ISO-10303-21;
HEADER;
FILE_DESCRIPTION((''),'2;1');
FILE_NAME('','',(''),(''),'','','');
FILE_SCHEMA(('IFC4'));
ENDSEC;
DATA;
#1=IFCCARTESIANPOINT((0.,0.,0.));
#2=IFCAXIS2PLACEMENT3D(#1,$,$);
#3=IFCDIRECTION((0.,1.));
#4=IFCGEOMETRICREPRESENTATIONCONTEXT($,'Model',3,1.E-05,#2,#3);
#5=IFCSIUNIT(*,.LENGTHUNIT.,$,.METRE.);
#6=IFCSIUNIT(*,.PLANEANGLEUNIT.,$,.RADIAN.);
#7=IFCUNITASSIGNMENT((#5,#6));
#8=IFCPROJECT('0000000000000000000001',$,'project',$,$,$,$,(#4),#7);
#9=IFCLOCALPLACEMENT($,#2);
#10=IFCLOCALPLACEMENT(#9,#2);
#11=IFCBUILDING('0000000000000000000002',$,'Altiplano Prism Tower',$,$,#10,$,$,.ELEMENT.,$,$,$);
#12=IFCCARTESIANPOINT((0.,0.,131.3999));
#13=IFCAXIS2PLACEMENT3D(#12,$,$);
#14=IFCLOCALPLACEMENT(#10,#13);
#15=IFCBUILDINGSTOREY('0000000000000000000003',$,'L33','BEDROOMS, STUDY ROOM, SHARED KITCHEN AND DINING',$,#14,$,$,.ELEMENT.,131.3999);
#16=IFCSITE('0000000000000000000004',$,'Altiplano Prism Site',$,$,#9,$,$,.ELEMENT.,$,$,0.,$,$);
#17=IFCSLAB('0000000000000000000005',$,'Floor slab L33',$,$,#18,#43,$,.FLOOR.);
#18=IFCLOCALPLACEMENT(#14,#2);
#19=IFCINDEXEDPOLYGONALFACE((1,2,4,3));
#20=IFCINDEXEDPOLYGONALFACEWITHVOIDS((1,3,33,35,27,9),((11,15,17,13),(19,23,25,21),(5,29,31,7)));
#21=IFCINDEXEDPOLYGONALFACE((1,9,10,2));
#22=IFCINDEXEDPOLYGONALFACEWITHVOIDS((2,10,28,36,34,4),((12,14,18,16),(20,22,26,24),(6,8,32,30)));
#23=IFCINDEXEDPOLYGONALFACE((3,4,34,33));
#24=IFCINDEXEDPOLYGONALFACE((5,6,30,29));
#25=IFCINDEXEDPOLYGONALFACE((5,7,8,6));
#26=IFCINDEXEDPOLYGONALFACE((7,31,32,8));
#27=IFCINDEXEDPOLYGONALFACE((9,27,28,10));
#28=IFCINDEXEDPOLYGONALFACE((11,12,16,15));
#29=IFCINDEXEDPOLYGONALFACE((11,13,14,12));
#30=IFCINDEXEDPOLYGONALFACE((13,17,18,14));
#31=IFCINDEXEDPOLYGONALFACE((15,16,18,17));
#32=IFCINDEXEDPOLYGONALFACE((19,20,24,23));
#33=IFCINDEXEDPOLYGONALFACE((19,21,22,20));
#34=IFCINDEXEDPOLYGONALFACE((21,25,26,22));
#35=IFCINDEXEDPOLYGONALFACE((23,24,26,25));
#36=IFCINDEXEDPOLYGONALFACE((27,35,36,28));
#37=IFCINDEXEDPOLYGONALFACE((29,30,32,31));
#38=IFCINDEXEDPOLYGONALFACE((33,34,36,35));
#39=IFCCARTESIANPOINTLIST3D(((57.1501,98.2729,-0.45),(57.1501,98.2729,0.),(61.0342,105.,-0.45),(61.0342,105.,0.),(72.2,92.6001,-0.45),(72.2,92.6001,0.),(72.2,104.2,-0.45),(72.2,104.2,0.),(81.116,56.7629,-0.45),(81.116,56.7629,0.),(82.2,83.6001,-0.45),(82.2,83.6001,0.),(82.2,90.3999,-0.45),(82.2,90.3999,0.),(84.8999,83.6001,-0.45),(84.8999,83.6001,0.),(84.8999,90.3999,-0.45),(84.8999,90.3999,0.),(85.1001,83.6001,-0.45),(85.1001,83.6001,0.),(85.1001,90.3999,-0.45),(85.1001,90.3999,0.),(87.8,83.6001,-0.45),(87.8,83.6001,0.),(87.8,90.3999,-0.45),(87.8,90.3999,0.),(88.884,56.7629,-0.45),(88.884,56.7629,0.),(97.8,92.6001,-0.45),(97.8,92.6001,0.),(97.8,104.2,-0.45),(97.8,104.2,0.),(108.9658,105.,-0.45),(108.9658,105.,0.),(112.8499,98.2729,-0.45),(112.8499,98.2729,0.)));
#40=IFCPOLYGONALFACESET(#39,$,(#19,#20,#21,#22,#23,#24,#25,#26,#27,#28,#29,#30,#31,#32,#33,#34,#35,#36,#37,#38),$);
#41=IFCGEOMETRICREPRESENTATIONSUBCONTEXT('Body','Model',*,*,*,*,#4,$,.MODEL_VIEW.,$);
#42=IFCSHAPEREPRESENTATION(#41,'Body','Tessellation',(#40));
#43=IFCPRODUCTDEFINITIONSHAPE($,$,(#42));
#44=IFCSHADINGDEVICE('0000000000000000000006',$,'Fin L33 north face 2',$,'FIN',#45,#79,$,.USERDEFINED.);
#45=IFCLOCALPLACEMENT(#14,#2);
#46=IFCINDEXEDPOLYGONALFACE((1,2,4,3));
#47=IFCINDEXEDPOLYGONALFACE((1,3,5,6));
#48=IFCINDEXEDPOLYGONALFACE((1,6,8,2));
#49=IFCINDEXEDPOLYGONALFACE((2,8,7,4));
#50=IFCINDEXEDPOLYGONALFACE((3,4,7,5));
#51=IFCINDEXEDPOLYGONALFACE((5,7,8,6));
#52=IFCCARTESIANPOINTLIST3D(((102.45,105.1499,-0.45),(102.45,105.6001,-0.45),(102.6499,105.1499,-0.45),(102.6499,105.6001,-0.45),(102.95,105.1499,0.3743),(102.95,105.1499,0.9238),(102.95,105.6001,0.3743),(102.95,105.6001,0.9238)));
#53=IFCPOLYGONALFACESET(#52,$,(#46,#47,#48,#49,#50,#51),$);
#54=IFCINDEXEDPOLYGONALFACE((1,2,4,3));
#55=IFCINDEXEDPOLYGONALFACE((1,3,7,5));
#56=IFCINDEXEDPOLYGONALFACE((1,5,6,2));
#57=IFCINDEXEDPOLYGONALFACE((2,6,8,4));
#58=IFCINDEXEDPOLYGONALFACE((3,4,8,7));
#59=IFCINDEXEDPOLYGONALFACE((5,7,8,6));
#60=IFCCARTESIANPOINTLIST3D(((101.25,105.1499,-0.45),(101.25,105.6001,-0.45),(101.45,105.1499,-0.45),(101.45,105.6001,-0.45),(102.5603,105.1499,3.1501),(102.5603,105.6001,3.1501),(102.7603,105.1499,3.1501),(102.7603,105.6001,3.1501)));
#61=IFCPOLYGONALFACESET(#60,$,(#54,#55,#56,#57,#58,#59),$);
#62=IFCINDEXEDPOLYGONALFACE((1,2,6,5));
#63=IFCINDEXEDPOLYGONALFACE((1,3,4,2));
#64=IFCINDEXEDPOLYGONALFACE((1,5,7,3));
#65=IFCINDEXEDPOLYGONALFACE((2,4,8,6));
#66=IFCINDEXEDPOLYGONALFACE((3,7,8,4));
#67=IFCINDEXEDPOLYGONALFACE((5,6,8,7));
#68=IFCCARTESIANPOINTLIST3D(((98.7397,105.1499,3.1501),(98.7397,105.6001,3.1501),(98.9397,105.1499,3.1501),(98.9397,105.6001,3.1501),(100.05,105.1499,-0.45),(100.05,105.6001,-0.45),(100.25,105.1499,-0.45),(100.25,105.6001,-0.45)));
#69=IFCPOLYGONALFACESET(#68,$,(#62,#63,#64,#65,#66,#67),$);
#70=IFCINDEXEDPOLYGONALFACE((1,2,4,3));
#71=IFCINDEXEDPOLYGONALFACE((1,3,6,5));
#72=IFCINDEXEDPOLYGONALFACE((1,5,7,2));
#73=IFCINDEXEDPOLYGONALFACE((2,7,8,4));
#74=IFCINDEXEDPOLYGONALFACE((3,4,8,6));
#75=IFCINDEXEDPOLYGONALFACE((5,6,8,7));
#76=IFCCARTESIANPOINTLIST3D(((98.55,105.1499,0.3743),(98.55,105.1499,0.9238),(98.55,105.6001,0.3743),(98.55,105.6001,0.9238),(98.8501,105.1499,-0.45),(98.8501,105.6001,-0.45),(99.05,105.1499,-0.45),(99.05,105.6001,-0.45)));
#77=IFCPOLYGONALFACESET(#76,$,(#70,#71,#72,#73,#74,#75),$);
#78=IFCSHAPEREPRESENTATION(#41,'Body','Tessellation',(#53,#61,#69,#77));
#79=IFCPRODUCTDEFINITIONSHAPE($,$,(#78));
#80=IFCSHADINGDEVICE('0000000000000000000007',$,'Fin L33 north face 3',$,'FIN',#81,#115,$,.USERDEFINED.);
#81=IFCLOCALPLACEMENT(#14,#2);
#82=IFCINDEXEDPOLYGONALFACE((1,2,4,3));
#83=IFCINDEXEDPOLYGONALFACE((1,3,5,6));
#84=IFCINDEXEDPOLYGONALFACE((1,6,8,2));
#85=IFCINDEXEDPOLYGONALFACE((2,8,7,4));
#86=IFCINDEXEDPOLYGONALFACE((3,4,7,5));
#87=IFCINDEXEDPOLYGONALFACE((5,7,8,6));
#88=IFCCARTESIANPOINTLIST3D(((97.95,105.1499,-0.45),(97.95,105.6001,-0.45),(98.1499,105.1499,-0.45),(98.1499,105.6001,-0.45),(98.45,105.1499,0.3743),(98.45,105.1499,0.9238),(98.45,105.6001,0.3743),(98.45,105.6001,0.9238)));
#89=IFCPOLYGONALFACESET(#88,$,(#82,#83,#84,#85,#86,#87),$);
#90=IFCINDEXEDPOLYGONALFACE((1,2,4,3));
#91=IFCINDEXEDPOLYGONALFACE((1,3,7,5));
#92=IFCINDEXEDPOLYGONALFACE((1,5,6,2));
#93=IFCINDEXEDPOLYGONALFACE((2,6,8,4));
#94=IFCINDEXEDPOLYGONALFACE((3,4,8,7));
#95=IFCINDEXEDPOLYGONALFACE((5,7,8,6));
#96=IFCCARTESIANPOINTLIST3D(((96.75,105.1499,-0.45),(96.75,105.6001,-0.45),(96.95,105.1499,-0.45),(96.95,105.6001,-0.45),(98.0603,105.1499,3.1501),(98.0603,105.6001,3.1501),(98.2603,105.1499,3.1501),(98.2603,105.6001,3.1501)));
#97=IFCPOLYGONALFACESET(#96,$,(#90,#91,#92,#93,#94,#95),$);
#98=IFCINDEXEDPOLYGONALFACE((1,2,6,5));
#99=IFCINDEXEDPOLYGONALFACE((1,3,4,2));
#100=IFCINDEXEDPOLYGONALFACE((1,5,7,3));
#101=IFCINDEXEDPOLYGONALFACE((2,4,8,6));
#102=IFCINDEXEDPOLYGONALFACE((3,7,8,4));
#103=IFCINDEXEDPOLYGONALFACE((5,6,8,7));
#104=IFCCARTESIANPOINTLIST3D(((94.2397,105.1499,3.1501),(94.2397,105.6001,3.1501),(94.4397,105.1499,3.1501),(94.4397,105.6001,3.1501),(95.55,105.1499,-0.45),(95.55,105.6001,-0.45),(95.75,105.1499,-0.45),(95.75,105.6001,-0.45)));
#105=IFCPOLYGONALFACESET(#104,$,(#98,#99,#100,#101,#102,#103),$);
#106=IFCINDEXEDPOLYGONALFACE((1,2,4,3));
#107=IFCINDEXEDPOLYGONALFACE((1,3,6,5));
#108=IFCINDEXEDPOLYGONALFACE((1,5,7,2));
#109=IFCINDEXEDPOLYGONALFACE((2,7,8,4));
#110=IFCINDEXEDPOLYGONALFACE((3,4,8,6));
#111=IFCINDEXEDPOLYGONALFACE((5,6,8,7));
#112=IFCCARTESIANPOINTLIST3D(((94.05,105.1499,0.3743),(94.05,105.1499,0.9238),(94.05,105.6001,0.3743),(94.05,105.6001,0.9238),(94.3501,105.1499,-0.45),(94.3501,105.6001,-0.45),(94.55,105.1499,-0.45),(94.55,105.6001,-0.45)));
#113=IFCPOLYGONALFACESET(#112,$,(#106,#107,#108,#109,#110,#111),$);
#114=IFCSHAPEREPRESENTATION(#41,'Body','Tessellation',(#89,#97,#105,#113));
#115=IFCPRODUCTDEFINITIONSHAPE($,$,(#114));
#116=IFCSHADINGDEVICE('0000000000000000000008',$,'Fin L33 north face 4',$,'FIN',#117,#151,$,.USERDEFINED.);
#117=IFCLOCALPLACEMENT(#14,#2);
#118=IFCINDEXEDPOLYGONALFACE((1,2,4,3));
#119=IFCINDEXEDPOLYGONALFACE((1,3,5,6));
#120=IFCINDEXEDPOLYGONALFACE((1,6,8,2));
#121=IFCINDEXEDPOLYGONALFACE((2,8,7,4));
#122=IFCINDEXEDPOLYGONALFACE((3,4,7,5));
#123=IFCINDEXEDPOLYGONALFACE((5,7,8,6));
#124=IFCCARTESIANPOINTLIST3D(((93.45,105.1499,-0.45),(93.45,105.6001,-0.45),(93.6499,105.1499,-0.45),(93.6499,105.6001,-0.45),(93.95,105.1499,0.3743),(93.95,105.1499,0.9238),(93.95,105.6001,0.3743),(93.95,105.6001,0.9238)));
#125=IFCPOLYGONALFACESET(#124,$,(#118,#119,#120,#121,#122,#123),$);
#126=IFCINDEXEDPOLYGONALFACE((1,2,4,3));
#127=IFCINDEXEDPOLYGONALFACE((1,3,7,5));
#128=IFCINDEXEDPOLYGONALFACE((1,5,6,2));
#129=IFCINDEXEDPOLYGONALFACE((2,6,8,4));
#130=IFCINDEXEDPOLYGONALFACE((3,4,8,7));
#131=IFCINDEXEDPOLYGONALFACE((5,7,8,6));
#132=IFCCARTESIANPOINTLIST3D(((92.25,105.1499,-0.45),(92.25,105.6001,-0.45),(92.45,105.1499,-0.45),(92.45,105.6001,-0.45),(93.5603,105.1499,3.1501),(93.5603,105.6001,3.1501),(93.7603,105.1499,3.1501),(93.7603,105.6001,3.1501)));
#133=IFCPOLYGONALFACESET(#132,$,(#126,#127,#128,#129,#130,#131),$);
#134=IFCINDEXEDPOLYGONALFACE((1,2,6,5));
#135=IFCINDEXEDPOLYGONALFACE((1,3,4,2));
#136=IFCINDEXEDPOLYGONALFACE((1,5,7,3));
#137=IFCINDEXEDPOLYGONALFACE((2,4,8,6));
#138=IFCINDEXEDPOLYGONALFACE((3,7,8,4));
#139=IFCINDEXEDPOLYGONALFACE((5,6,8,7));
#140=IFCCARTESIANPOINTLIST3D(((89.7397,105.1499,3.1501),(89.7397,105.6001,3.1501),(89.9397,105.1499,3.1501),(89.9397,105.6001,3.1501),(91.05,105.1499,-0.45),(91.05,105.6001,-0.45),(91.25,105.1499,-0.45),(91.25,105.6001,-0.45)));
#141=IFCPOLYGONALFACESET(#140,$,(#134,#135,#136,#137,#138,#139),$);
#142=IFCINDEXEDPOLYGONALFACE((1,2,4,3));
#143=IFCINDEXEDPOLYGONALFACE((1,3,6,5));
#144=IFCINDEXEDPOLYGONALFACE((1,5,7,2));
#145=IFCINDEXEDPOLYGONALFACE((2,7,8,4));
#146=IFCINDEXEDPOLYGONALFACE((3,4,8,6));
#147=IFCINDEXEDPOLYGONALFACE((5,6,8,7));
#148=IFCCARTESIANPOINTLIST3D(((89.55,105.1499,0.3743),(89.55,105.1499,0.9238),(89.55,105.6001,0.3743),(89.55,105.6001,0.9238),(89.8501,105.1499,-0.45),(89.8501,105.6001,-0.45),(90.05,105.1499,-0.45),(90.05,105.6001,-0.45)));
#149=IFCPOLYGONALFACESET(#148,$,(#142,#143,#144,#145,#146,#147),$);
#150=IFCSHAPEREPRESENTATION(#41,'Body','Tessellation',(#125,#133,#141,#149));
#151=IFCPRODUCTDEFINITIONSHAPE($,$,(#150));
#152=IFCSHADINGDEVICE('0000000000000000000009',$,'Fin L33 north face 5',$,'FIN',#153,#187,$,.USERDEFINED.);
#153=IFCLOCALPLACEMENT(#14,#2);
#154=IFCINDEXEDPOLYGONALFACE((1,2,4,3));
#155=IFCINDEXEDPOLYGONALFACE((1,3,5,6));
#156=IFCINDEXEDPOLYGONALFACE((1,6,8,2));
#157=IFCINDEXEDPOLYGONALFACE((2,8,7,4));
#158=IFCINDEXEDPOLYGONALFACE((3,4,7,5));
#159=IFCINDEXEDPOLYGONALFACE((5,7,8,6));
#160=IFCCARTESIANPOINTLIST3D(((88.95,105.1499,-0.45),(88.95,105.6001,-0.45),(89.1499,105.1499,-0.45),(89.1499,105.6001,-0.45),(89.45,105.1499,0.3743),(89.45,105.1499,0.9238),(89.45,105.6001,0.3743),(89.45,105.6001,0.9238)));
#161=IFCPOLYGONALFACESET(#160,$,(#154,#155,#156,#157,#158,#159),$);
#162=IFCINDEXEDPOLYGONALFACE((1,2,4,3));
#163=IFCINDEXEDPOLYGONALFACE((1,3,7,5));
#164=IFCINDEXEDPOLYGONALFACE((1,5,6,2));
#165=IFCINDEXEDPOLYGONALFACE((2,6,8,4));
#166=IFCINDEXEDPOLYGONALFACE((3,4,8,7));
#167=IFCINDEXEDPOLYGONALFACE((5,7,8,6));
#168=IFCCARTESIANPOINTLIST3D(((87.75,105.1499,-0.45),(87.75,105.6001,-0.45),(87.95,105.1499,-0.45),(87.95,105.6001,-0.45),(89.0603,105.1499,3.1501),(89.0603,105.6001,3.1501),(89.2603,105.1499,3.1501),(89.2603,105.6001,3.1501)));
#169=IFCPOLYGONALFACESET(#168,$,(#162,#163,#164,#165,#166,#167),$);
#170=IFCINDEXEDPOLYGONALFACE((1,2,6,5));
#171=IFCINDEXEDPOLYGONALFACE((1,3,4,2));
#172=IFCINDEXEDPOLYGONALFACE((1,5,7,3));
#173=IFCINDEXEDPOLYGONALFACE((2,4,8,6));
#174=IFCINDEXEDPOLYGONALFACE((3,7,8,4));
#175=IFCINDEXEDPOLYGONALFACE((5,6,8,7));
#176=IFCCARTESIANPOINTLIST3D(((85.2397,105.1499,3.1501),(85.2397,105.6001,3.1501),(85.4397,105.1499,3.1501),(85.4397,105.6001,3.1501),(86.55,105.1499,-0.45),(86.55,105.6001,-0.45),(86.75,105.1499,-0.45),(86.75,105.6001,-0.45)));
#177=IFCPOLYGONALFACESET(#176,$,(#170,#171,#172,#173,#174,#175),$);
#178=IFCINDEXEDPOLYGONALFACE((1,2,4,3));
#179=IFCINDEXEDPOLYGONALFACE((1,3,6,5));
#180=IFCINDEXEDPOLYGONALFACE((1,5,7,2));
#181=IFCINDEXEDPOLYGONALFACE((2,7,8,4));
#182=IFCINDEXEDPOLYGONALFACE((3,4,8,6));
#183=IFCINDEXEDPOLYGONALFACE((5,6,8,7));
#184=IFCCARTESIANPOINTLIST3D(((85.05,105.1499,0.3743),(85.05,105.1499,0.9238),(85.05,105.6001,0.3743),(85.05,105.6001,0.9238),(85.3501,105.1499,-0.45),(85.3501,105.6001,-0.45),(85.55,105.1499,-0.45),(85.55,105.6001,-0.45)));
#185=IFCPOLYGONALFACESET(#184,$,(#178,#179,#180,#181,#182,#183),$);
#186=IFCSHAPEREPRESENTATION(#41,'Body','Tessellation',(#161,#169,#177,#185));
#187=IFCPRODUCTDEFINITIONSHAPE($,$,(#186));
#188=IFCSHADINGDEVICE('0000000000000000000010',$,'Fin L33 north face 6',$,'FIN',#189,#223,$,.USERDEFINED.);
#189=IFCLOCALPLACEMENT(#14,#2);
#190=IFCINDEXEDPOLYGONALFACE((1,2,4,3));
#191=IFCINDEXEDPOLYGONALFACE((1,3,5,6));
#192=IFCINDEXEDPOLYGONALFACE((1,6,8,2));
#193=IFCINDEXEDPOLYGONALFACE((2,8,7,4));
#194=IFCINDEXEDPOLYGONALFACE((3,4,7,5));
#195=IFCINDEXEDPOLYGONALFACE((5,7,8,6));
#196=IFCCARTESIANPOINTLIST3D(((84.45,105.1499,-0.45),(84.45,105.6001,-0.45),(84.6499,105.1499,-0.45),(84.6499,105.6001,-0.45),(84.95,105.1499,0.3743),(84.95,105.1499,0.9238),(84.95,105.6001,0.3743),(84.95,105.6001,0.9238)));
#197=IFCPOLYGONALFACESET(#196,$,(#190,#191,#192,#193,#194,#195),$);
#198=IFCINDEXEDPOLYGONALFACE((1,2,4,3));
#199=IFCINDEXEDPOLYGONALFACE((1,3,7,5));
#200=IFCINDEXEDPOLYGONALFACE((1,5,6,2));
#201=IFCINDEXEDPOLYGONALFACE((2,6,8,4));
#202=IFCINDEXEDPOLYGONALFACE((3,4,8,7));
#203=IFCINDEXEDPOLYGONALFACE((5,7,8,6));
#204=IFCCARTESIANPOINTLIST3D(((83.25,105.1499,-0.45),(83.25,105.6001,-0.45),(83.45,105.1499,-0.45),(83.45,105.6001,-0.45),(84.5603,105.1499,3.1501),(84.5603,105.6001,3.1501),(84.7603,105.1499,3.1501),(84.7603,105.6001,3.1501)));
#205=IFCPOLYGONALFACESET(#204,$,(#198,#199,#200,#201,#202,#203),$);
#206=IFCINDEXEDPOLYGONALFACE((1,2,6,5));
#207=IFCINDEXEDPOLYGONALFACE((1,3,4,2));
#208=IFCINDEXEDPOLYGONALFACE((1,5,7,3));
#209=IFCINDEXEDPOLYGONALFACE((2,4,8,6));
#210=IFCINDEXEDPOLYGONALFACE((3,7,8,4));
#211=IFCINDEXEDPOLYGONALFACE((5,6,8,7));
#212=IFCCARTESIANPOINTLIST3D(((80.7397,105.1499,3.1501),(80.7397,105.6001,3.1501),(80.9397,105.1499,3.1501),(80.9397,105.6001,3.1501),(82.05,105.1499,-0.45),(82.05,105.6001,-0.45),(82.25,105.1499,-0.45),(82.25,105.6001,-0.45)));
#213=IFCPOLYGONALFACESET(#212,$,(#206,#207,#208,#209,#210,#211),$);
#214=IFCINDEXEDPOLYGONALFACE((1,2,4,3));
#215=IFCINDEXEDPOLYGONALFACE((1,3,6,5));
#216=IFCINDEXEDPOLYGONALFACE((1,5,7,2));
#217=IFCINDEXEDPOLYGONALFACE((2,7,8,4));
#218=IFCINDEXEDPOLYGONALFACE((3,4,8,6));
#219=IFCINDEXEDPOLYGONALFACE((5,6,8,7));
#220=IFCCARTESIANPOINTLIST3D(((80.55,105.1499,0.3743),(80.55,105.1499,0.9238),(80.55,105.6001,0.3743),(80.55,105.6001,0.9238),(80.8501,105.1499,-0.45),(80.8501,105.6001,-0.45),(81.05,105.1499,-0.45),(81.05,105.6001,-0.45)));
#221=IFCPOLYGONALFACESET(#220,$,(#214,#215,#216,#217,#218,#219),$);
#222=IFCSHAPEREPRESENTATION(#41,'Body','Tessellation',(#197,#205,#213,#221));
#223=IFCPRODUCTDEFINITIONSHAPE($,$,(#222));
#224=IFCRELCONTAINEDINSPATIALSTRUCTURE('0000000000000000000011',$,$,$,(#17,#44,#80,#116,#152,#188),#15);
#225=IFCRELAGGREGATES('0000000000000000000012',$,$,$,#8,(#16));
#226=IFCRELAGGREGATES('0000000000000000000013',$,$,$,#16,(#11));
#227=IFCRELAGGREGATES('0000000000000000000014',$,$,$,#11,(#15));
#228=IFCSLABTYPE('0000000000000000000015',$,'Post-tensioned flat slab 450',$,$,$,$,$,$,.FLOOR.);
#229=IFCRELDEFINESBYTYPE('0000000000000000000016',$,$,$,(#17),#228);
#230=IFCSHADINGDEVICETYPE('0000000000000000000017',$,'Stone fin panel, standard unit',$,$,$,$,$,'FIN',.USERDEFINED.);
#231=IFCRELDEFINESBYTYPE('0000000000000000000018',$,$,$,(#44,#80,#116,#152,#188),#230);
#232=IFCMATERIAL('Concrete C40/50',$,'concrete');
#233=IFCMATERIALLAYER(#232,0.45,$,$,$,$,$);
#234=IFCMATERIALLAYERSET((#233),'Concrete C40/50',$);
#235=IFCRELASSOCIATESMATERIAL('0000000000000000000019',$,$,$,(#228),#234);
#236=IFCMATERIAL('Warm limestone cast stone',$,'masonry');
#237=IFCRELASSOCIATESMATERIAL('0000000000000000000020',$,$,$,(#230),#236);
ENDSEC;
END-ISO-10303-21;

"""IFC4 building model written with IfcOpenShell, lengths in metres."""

from ifc_helpers import new_model, si_unit, direction, frame, origin, place, context, subcontext, project, spatial, polyline, outline, extrude, source, transform, mapped, material, layer, layer_set, type_object, element, save


model = new_model("IFC4")

# Units and contexts
model_context = context("Model", 3, precision=1e-05, world=origin(), true_north=direction((0.0, 1.0)))
body_context = subcontext(model_context, "Body", "Model", "MODEL_VIEW")
ifc_project = project(units=[si_unit("LENGTHUNIT", "METRE"), si_unit("PLANEANGLEUNIT", "RADIAN")], contexts=[model_context])

# Site, building, storey
site_placement = place(None, origin())
site = spatial("IfcSite", under=ifc_project, at=site_placement, Name="Altiplano Prism Site", CompositionType="ELEMENT", RefElevation=0.0)
building_placement = place(site_placement, origin())
building = spatial("IfcBuilding", under=site, at=building_placement, Name="Altiplano Prism Tower", CompositionType="ELEMENT")
storey_placement = place(building_placement, frame((0.0, 0.0, 131.3999)))
storey = spatial("IfcBuildingStorey", under=building, at=storey_placement, Name="L33", Description="BEDROOMS, STUDY ROOM, SHARED KITCHEN AND DINING", CompositionType="ELEMENT", Elevation=131.3999)

# Slab
ifc_material_1 = material(Name="Concrete C40/50", Category="concrete")
ifc_layer = layer(ifc_material_1, 0.45)
ifc_layer_set = layer_set([ifc_layer], Name="Concrete C40/50")
slab_type = type_object("IfcSlabType", Name="Post-tensioned flat slab 450", PredefinedType="FLOOR", material=ifc_layer_set)
slab_placement = place(storey_placement, frame((0.0, 0.0, -0.45)))
element("IfcSlab", 1, at=slab_placement, inside=storey, type_object=slab_type, Name="Floor slab L33", PredefinedType="FLOOR", context=body_context, shape_type="SweptSolid", body=[
    extrude(outline(polyline([(81.116, 56.7629), (57.1501, 98.2729), (61.0342, 105.0), (108.9658, 105.0), (112.8499, 98.2729), (88.884, 56.7629), (81.116, 56.7629)]), holes=[polyline([(72.2, 104.2), (72.2, 92.6001), (97.8, 92.6001), (97.8, 104.2), (72.2, 104.2)]), polyline([(84.8999, 90.3999), (82.2, 90.3999), (82.2, 83.6001), (84.8999, 83.6001), (84.8999, 90.3999)]), polyline([(87.8, 83.6001), (87.8, 90.3999), (85.1001, 90.3999), (85.1001, 83.6001), (87.8, 83.6001)])]), origin(), (0.0, 0.0, 1.0), 0.45),
])

# Shading devices
ifc_material_2 = material(Name="Warm limestone cast stone", Category="masonry")
shading_device_type_1 = type_object("IfcShadingDeviceType", Name="Stone fin panel, standard unit", ElementType="FIN", PredefinedType="USERDEFINED", material=ifc_material_2)
shared_shape_1 = source(origin(), body_context, "Body", "SweptSolid", [
    extrude(outline(polyline([(-2.2, 1.3738), (-2.2, 0.8242), (-1.8999, 0.0), (-1.7, 0.0), (-2.2, 1.3738)])), frame((0.0, -0.1499, 0.0), z_axis=(0.0, -1.0, 0.0), x_axis=(1.0, 0.0, 0.0)), (0.0, 0.0, 1.0), 0.4502),
    extrude(outline(polyline([(-2.0103, 3.6001), (-0.7, 0.0), (-0.5, 0.0), (-1.8103, 3.6001), (-2.0103, 3.6001)])), frame((0.0, -0.1499, 0.0), z_axis=(0.0, -1.0, 0.0), x_axis=(1.0, 0.0, 0.0)), (0.0, 0.0, 1.0), 0.4502),
    extrude(outline(polyline([(1.8103, 3.6001), (0.5, 0.0), (0.7, 0.0), (2.0103, 3.6001), (1.8103, 3.6001)])), frame((0.0, -0.1499, 0.0), z_axis=(0.0, -1.0, 0.0), x_axis=(1.0, 0.0, 0.0)), (0.0, 0.0, 1.0), 0.4502),
    extrude(outline(polyline([(2.2, 0.8242), (2.2, 1.3738), (1.7, 0.0), (1.8999, 0.0), (2.2, 0.8242)])), frame((0.0, -0.1499, 0.0), z_axis=(0.0, -1.0, 0.0), x_axis=(1.0, 0.0, 0.0)), (0.0, 0.0, 1.0), 0.4502),
])
shading_device_1_placement = place(storey_placement, origin())
element("IfcShadingDevice", 2, at=shading_device_1_placement, inside=storey, type_object=shading_device_type_1, Name="Fin L33 north face 2", ObjectType="FIN", PredefinedType="USERDEFINED", context=body_context, shape_type="MappedRepresentation", body=[
    mapped(shared_shape_1, transform((100.75, 105.0, -0.45), x_axis=(-1.0, 0.0, 0.0), y_axis=(0.0, -1.0, 0.0), z_axis=(0.0, 0.0, 1.0))),
])
shading_device_2_placement = place(storey_placement, origin())
element("IfcShadingDevice", 3, at=shading_device_2_placement, inside=storey, type_object=shading_device_type_1, Name="Fin L33 north face 3", ObjectType="FIN", PredefinedType="USERDEFINED", context=body_context, shape_type="MappedRepresentation", body=[
    mapped(shared_shape_1, transform((96.25, 105.0, -0.45), x_axis=(-1.0, 0.0, 0.0), y_axis=(0.0, -1.0, 0.0), z_axis=(0.0, 0.0, 1.0))),
])
shading_device_3_placement = place(storey_placement, origin())
element("IfcShadingDevice", 4, at=shading_device_3_placement, inside=storey, type_object=shading_device_type_1, Name="Fin L33 north face 4", ObjectType="FIN", PredefinedType="USERDEFINED", context=body_context, shape_type="MappedRepresentation", body=[
    mapped(shared_shape_1, transform((91.75, 105.0, -0.45), x_axis=(-1.0, 0.0, 0.0), y_axis=(0.0, -1.0, 0.0), z_axis=(0.0, 0.0, 1.0))),
])
shading_device_4_placement = place(storey_placement, origin())
element("IfcShadingDevice", 5, at=shading_device_4_placement, inside=storey, type_object=shading_device_type_1, Name="Fin L33 north face 5", ObjectType="FIN", PredefinedType="USERDEFINED", context=body_context, shape_type="MappedRepresentation", body=[
    mapped(shared_shape_1, transform((87.25, 105.0, -0.45), x_axis=(-1.0, 0.0, 0.0), y_axis=(0.0, -1.0, 0.0), z_axis=(0.0, 0.0, 1.0))),
])
shading_device_5_placement = place(storey_placement, origin())
element("IfcShadingDevice", 6, at=shading_device_5_placement, inside=storey, type_object=shading_device_type_1, Name="Fin L33 north face 6", ObjectType="FIN", PredefinedType="USERDEFINED", context=body_context, shape_type="MappedRepresentation", body=[
    mapped(shared_shape_1, transform((82.75, 105.0, -0.45), x_axis=(-1.0, 0.0, 0.0), y_axis=(0.0, -1.0, 0.0), z_axis=(0.0, 0.0, 1.0))),
])

save(model, "model.ifc")
